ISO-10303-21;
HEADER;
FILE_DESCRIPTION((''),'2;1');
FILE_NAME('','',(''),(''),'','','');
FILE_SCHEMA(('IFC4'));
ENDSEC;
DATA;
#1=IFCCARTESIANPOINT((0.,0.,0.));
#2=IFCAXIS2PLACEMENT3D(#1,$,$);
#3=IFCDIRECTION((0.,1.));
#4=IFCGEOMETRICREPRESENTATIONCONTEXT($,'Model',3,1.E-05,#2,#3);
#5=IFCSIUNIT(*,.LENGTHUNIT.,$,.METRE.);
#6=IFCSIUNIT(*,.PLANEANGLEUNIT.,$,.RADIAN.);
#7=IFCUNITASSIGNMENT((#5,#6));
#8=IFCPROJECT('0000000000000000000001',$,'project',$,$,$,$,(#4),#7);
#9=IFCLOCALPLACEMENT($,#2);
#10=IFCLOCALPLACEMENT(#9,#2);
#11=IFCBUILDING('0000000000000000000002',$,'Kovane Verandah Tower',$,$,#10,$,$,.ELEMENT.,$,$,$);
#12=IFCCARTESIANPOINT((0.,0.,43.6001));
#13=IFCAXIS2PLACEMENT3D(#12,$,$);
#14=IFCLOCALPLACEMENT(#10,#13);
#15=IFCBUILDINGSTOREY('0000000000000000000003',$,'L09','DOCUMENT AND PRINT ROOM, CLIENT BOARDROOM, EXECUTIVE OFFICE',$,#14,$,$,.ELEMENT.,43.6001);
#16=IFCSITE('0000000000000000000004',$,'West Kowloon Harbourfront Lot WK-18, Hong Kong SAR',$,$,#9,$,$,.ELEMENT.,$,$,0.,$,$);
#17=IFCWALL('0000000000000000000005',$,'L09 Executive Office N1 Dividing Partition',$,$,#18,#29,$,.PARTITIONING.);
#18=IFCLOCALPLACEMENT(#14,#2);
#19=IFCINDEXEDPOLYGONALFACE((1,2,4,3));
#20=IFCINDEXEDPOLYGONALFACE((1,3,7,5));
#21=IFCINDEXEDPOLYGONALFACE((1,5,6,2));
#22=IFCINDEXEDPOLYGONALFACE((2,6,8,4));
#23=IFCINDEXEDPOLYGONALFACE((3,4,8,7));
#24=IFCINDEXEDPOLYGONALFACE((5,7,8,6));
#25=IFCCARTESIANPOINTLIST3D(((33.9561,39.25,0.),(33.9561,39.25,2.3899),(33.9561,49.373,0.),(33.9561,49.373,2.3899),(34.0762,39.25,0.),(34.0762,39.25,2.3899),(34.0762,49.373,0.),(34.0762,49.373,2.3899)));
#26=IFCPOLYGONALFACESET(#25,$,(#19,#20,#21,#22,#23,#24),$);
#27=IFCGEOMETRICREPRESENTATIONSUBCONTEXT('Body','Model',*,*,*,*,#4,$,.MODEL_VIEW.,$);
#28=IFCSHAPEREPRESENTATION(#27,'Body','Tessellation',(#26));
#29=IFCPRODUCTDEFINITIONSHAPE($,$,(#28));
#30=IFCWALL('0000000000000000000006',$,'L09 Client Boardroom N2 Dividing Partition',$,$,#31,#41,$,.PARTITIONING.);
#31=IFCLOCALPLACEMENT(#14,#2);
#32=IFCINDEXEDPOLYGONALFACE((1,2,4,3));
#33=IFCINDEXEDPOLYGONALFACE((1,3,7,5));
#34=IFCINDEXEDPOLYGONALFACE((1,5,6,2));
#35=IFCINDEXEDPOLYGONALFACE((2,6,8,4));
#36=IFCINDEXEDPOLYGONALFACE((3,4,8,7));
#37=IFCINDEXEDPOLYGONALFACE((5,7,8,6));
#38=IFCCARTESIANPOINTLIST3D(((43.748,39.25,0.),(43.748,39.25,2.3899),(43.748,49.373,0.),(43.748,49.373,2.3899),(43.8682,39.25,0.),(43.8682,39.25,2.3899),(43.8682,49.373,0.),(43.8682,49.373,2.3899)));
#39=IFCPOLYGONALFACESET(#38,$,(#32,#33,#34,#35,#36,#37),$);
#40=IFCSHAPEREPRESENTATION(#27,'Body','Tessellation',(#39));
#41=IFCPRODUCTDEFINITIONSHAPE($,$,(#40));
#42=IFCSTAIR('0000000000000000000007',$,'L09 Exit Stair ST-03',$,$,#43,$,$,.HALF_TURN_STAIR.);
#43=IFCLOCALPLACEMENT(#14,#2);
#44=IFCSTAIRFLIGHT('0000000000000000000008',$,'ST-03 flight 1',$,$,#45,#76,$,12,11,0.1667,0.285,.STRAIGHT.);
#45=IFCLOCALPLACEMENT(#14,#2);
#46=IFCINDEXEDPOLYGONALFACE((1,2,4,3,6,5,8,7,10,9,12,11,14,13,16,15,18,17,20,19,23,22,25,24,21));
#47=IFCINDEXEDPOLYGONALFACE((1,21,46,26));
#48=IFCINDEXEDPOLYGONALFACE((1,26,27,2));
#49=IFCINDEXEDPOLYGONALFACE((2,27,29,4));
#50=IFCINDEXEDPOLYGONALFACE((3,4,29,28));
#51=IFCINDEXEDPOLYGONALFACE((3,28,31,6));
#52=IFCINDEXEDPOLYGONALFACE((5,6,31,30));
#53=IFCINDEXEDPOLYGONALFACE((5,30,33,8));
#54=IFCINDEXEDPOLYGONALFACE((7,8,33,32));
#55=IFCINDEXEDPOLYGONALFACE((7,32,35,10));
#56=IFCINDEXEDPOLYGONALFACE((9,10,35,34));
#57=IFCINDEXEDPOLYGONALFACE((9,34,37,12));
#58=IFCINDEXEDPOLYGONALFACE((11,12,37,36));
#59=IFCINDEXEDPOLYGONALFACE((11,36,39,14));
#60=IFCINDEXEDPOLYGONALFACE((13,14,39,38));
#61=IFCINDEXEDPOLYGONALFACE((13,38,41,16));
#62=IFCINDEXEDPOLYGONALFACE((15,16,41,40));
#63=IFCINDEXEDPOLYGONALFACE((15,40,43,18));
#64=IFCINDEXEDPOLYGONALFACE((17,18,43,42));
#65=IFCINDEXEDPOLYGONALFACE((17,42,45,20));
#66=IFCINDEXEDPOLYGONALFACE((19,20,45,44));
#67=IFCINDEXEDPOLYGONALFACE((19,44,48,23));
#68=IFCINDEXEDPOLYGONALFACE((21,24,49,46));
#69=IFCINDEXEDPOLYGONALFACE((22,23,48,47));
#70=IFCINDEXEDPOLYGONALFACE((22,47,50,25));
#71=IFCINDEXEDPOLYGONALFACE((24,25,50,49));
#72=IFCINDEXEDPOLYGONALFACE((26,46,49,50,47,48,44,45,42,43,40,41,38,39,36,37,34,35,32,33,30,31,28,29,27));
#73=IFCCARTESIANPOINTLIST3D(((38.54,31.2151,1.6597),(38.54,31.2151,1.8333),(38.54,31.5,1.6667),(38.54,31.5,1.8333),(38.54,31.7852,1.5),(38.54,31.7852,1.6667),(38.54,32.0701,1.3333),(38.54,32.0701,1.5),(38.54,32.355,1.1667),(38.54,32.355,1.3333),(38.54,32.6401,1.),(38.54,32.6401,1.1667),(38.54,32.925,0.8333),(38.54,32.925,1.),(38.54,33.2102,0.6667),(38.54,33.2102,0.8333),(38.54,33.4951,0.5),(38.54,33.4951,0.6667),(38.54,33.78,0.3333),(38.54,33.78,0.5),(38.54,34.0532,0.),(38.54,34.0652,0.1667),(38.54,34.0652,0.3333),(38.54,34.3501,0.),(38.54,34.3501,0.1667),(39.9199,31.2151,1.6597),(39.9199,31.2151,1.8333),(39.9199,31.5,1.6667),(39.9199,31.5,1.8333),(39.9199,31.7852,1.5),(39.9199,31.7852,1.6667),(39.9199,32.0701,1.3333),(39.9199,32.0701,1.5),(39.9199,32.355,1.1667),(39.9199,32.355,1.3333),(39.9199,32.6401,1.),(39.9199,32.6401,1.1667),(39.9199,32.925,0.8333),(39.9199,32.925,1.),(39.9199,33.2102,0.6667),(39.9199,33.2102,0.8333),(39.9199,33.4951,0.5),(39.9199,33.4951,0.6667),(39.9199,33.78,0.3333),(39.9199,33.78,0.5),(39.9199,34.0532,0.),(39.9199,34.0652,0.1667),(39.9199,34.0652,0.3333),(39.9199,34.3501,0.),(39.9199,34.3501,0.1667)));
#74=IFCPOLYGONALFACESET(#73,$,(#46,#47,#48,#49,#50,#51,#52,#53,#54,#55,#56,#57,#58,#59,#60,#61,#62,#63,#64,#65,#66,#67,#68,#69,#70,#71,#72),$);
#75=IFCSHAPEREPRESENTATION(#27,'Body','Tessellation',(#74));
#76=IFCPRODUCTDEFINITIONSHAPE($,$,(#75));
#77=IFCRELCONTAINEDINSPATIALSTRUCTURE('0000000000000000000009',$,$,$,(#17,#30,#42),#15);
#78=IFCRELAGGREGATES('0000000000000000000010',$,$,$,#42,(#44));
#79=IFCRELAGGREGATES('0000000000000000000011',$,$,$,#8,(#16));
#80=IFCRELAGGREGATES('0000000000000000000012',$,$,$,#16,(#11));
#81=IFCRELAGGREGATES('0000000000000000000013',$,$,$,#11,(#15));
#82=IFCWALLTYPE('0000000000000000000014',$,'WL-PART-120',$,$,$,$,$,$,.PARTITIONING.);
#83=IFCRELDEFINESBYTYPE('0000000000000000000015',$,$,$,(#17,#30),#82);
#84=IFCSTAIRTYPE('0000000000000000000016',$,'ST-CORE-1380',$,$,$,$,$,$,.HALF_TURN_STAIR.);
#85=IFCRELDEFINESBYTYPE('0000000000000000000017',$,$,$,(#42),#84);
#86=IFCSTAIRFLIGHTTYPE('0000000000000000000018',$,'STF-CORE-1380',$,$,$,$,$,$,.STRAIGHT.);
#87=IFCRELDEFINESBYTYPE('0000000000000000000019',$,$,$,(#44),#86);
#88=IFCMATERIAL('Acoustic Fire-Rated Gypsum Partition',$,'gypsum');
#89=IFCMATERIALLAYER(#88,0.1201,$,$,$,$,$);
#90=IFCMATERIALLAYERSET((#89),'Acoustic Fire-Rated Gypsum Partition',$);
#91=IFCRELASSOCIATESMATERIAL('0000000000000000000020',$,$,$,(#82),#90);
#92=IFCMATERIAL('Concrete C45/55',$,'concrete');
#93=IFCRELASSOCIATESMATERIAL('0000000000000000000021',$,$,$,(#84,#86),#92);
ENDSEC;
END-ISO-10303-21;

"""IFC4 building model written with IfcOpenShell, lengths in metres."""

from ifc_helpers import new_model, si_unit, direction, frame, frame_2d, origin, place, context, subcontext, project, spatial, polyline, rectangle, outline, extrude, material, layer, layer_set, type_object, element, aggregate, save


model = new_model("IFC4")

# Units and contexts
model_context = context("Model", 3, precision=1e-05, world=origin(), true_north=direction((0.0, 1.0)))
body_context = subcontext(model_context, "Body", "Model", "MODEL_VIEW")
ifc_project = project(units=[si_unit("LENGTHUNIT", "METRE"), si_unit("PLANEANGLEUNIT", "RADIAN")], contexts=[model_context])

# Site, building, storey
site_placement = place(None, origin())
site = spatial("IfcSite", under=ifc_project, at=site_placement, Name="West Kowloon Harbourfront Lot WK-18, Hong Kong SAR", CompositionType="ELEMENT", RefElevation=0.0)
building_placement = place(site_placement, origin())
building = spatial("IfcBuilding", under=site, at=building_placement, Name="Kovane Verandah Tower", CompositionType="ELEMENT")
storey_placement = place(building_placement, frame((0.0, 0.0, 43.6001)))
storey = spatial("IfcBuildingStorey", under=building, at=storey_placement, Name="L09", Description="DOCUMENT AND PRINT ROOM, CLIENT BOARDROOM, EXECUTIVE OFFICE", CompositionType="ELEMENT", Elevation=43.6001)

# Walls
ifc_material_1 = material(Name="Acoustic Fire-Rated Gypsum Partition", Category="gypsum")
ifc_layer_1 = layer(ifc_material_1, 0.1201)
ifc_layer_set_1 = layer_set([ifc_layer_1], Name="Acoustic Fire-Rated Gypsum Partition")
wall_type_1 = type_object("IfcWallType", Name="WL-PART-120", PredefinedType="PARTITIONING", material=ifc_layer_set_1)
for number, where, z_axis, x_axis, name in (
    (1, (34.0161, 39.25, 0.0), (0.0, 0.0, 1.0), (0.0, 1.0, 0.0), "L09 Executive Office N1 Dividing Partition"),
    (2, (43.8081, 39.25, 0.0), (0.0, 0.0, 1.0), (0.0, 1.0, 0.0), "L09 Client Boardroom N2 Dividing Partition"),
):
    element("IfcWall", number, at=place(storey_placement, frame(where, z_axis=z_axis, x_axis=x_axis)), inside=storey, type_object=wall_type_1, Name=name, PredefinedType="PARTITIONING", context=body_context, shape_type="SweptSolid", body=[
        extrude(rectangle(XDim=10.123, YDim=0.1201, at=frame_2d((5.0615, 0.0))), origin(), (0.0, 0.0, 1.0), 2.3899),
    ])

# Stair, stair flight
ifc_material_2 = material(Name="Concrete C45/55", Category="concrete")
stair_type = type_object("IfcStairType", Name="ST-CORE-1380", PredefinedType="HALF_TURN_STAIR", material=ifc_material_2)
stair_placement = place(storey_placement, origin())
stair = element("IfcStair", 3, at=stair_placement, inside=storey, type_object=stair_type, Name="L09 Exit Stair ST-03", PredefinedType="HALF_TURN_STAIR")
stair_flight_type = type_object("IfcStairFlightType", Name="STF-CORE-1380", PredefinedType="STRAIGHT", material=ifc_material_2)
stair_flight_placement = place(storey_placement, frame((39.23, 34.3501, 0.0), z_axis=(0.0, 0.0, 1.0), x_axis=(0.0, -1.0, 0.0)))
stair_flight = element("IfcStairFlight", 4, at=stair_flight_placement, type_object=stair_flight_type, Name="ST-03 flight 1", NumberOfRisers=12, NumberOfTreads=11, PredefinedType="STRAIGHT", RiserHeight=0.1667, TreadLength=0.285, context=body_context, shape_type="SweptSolid", body=[
    extrude(outline(polyline([(0.0, 0.0), (0.0, 0.1667), (0.2849, 0.1667), (0.2849, 0.3333), (0.5701, 0.3333), (0.5701, 0.5), (0.855, 0.5), (0.855, 0.6667), (1.1399, 0.6667), (1.1399, 0.8333), (1.425, 0.8333), (1.425, 1.0), (1.71, 1.0), (1.71, 1.1667), (1.9951, 1.1667), (1.9951, 1.3333), (2.28, 1.3333), (2.28, 1.5), (2.5649, 1.5), (2.5649, 1.6667), (2.8501, 1.6667), (2.8501, 1.8333), (3.135, 1.8333), (3.135, 2.0), (3.135, 1.6597), (0.2969, 0.0), (0.0, 0.0)])), frame((0.0, 0.6899, 0.0), z_axis=(0.0, -1.0, 0.0), x_axis=(1.0, 0.0, 0.0)), (0.0, 0.0, 1.0), 1.3799),
])
aggregate(stair, [stair_flight])

save(model, "model.ifc")
